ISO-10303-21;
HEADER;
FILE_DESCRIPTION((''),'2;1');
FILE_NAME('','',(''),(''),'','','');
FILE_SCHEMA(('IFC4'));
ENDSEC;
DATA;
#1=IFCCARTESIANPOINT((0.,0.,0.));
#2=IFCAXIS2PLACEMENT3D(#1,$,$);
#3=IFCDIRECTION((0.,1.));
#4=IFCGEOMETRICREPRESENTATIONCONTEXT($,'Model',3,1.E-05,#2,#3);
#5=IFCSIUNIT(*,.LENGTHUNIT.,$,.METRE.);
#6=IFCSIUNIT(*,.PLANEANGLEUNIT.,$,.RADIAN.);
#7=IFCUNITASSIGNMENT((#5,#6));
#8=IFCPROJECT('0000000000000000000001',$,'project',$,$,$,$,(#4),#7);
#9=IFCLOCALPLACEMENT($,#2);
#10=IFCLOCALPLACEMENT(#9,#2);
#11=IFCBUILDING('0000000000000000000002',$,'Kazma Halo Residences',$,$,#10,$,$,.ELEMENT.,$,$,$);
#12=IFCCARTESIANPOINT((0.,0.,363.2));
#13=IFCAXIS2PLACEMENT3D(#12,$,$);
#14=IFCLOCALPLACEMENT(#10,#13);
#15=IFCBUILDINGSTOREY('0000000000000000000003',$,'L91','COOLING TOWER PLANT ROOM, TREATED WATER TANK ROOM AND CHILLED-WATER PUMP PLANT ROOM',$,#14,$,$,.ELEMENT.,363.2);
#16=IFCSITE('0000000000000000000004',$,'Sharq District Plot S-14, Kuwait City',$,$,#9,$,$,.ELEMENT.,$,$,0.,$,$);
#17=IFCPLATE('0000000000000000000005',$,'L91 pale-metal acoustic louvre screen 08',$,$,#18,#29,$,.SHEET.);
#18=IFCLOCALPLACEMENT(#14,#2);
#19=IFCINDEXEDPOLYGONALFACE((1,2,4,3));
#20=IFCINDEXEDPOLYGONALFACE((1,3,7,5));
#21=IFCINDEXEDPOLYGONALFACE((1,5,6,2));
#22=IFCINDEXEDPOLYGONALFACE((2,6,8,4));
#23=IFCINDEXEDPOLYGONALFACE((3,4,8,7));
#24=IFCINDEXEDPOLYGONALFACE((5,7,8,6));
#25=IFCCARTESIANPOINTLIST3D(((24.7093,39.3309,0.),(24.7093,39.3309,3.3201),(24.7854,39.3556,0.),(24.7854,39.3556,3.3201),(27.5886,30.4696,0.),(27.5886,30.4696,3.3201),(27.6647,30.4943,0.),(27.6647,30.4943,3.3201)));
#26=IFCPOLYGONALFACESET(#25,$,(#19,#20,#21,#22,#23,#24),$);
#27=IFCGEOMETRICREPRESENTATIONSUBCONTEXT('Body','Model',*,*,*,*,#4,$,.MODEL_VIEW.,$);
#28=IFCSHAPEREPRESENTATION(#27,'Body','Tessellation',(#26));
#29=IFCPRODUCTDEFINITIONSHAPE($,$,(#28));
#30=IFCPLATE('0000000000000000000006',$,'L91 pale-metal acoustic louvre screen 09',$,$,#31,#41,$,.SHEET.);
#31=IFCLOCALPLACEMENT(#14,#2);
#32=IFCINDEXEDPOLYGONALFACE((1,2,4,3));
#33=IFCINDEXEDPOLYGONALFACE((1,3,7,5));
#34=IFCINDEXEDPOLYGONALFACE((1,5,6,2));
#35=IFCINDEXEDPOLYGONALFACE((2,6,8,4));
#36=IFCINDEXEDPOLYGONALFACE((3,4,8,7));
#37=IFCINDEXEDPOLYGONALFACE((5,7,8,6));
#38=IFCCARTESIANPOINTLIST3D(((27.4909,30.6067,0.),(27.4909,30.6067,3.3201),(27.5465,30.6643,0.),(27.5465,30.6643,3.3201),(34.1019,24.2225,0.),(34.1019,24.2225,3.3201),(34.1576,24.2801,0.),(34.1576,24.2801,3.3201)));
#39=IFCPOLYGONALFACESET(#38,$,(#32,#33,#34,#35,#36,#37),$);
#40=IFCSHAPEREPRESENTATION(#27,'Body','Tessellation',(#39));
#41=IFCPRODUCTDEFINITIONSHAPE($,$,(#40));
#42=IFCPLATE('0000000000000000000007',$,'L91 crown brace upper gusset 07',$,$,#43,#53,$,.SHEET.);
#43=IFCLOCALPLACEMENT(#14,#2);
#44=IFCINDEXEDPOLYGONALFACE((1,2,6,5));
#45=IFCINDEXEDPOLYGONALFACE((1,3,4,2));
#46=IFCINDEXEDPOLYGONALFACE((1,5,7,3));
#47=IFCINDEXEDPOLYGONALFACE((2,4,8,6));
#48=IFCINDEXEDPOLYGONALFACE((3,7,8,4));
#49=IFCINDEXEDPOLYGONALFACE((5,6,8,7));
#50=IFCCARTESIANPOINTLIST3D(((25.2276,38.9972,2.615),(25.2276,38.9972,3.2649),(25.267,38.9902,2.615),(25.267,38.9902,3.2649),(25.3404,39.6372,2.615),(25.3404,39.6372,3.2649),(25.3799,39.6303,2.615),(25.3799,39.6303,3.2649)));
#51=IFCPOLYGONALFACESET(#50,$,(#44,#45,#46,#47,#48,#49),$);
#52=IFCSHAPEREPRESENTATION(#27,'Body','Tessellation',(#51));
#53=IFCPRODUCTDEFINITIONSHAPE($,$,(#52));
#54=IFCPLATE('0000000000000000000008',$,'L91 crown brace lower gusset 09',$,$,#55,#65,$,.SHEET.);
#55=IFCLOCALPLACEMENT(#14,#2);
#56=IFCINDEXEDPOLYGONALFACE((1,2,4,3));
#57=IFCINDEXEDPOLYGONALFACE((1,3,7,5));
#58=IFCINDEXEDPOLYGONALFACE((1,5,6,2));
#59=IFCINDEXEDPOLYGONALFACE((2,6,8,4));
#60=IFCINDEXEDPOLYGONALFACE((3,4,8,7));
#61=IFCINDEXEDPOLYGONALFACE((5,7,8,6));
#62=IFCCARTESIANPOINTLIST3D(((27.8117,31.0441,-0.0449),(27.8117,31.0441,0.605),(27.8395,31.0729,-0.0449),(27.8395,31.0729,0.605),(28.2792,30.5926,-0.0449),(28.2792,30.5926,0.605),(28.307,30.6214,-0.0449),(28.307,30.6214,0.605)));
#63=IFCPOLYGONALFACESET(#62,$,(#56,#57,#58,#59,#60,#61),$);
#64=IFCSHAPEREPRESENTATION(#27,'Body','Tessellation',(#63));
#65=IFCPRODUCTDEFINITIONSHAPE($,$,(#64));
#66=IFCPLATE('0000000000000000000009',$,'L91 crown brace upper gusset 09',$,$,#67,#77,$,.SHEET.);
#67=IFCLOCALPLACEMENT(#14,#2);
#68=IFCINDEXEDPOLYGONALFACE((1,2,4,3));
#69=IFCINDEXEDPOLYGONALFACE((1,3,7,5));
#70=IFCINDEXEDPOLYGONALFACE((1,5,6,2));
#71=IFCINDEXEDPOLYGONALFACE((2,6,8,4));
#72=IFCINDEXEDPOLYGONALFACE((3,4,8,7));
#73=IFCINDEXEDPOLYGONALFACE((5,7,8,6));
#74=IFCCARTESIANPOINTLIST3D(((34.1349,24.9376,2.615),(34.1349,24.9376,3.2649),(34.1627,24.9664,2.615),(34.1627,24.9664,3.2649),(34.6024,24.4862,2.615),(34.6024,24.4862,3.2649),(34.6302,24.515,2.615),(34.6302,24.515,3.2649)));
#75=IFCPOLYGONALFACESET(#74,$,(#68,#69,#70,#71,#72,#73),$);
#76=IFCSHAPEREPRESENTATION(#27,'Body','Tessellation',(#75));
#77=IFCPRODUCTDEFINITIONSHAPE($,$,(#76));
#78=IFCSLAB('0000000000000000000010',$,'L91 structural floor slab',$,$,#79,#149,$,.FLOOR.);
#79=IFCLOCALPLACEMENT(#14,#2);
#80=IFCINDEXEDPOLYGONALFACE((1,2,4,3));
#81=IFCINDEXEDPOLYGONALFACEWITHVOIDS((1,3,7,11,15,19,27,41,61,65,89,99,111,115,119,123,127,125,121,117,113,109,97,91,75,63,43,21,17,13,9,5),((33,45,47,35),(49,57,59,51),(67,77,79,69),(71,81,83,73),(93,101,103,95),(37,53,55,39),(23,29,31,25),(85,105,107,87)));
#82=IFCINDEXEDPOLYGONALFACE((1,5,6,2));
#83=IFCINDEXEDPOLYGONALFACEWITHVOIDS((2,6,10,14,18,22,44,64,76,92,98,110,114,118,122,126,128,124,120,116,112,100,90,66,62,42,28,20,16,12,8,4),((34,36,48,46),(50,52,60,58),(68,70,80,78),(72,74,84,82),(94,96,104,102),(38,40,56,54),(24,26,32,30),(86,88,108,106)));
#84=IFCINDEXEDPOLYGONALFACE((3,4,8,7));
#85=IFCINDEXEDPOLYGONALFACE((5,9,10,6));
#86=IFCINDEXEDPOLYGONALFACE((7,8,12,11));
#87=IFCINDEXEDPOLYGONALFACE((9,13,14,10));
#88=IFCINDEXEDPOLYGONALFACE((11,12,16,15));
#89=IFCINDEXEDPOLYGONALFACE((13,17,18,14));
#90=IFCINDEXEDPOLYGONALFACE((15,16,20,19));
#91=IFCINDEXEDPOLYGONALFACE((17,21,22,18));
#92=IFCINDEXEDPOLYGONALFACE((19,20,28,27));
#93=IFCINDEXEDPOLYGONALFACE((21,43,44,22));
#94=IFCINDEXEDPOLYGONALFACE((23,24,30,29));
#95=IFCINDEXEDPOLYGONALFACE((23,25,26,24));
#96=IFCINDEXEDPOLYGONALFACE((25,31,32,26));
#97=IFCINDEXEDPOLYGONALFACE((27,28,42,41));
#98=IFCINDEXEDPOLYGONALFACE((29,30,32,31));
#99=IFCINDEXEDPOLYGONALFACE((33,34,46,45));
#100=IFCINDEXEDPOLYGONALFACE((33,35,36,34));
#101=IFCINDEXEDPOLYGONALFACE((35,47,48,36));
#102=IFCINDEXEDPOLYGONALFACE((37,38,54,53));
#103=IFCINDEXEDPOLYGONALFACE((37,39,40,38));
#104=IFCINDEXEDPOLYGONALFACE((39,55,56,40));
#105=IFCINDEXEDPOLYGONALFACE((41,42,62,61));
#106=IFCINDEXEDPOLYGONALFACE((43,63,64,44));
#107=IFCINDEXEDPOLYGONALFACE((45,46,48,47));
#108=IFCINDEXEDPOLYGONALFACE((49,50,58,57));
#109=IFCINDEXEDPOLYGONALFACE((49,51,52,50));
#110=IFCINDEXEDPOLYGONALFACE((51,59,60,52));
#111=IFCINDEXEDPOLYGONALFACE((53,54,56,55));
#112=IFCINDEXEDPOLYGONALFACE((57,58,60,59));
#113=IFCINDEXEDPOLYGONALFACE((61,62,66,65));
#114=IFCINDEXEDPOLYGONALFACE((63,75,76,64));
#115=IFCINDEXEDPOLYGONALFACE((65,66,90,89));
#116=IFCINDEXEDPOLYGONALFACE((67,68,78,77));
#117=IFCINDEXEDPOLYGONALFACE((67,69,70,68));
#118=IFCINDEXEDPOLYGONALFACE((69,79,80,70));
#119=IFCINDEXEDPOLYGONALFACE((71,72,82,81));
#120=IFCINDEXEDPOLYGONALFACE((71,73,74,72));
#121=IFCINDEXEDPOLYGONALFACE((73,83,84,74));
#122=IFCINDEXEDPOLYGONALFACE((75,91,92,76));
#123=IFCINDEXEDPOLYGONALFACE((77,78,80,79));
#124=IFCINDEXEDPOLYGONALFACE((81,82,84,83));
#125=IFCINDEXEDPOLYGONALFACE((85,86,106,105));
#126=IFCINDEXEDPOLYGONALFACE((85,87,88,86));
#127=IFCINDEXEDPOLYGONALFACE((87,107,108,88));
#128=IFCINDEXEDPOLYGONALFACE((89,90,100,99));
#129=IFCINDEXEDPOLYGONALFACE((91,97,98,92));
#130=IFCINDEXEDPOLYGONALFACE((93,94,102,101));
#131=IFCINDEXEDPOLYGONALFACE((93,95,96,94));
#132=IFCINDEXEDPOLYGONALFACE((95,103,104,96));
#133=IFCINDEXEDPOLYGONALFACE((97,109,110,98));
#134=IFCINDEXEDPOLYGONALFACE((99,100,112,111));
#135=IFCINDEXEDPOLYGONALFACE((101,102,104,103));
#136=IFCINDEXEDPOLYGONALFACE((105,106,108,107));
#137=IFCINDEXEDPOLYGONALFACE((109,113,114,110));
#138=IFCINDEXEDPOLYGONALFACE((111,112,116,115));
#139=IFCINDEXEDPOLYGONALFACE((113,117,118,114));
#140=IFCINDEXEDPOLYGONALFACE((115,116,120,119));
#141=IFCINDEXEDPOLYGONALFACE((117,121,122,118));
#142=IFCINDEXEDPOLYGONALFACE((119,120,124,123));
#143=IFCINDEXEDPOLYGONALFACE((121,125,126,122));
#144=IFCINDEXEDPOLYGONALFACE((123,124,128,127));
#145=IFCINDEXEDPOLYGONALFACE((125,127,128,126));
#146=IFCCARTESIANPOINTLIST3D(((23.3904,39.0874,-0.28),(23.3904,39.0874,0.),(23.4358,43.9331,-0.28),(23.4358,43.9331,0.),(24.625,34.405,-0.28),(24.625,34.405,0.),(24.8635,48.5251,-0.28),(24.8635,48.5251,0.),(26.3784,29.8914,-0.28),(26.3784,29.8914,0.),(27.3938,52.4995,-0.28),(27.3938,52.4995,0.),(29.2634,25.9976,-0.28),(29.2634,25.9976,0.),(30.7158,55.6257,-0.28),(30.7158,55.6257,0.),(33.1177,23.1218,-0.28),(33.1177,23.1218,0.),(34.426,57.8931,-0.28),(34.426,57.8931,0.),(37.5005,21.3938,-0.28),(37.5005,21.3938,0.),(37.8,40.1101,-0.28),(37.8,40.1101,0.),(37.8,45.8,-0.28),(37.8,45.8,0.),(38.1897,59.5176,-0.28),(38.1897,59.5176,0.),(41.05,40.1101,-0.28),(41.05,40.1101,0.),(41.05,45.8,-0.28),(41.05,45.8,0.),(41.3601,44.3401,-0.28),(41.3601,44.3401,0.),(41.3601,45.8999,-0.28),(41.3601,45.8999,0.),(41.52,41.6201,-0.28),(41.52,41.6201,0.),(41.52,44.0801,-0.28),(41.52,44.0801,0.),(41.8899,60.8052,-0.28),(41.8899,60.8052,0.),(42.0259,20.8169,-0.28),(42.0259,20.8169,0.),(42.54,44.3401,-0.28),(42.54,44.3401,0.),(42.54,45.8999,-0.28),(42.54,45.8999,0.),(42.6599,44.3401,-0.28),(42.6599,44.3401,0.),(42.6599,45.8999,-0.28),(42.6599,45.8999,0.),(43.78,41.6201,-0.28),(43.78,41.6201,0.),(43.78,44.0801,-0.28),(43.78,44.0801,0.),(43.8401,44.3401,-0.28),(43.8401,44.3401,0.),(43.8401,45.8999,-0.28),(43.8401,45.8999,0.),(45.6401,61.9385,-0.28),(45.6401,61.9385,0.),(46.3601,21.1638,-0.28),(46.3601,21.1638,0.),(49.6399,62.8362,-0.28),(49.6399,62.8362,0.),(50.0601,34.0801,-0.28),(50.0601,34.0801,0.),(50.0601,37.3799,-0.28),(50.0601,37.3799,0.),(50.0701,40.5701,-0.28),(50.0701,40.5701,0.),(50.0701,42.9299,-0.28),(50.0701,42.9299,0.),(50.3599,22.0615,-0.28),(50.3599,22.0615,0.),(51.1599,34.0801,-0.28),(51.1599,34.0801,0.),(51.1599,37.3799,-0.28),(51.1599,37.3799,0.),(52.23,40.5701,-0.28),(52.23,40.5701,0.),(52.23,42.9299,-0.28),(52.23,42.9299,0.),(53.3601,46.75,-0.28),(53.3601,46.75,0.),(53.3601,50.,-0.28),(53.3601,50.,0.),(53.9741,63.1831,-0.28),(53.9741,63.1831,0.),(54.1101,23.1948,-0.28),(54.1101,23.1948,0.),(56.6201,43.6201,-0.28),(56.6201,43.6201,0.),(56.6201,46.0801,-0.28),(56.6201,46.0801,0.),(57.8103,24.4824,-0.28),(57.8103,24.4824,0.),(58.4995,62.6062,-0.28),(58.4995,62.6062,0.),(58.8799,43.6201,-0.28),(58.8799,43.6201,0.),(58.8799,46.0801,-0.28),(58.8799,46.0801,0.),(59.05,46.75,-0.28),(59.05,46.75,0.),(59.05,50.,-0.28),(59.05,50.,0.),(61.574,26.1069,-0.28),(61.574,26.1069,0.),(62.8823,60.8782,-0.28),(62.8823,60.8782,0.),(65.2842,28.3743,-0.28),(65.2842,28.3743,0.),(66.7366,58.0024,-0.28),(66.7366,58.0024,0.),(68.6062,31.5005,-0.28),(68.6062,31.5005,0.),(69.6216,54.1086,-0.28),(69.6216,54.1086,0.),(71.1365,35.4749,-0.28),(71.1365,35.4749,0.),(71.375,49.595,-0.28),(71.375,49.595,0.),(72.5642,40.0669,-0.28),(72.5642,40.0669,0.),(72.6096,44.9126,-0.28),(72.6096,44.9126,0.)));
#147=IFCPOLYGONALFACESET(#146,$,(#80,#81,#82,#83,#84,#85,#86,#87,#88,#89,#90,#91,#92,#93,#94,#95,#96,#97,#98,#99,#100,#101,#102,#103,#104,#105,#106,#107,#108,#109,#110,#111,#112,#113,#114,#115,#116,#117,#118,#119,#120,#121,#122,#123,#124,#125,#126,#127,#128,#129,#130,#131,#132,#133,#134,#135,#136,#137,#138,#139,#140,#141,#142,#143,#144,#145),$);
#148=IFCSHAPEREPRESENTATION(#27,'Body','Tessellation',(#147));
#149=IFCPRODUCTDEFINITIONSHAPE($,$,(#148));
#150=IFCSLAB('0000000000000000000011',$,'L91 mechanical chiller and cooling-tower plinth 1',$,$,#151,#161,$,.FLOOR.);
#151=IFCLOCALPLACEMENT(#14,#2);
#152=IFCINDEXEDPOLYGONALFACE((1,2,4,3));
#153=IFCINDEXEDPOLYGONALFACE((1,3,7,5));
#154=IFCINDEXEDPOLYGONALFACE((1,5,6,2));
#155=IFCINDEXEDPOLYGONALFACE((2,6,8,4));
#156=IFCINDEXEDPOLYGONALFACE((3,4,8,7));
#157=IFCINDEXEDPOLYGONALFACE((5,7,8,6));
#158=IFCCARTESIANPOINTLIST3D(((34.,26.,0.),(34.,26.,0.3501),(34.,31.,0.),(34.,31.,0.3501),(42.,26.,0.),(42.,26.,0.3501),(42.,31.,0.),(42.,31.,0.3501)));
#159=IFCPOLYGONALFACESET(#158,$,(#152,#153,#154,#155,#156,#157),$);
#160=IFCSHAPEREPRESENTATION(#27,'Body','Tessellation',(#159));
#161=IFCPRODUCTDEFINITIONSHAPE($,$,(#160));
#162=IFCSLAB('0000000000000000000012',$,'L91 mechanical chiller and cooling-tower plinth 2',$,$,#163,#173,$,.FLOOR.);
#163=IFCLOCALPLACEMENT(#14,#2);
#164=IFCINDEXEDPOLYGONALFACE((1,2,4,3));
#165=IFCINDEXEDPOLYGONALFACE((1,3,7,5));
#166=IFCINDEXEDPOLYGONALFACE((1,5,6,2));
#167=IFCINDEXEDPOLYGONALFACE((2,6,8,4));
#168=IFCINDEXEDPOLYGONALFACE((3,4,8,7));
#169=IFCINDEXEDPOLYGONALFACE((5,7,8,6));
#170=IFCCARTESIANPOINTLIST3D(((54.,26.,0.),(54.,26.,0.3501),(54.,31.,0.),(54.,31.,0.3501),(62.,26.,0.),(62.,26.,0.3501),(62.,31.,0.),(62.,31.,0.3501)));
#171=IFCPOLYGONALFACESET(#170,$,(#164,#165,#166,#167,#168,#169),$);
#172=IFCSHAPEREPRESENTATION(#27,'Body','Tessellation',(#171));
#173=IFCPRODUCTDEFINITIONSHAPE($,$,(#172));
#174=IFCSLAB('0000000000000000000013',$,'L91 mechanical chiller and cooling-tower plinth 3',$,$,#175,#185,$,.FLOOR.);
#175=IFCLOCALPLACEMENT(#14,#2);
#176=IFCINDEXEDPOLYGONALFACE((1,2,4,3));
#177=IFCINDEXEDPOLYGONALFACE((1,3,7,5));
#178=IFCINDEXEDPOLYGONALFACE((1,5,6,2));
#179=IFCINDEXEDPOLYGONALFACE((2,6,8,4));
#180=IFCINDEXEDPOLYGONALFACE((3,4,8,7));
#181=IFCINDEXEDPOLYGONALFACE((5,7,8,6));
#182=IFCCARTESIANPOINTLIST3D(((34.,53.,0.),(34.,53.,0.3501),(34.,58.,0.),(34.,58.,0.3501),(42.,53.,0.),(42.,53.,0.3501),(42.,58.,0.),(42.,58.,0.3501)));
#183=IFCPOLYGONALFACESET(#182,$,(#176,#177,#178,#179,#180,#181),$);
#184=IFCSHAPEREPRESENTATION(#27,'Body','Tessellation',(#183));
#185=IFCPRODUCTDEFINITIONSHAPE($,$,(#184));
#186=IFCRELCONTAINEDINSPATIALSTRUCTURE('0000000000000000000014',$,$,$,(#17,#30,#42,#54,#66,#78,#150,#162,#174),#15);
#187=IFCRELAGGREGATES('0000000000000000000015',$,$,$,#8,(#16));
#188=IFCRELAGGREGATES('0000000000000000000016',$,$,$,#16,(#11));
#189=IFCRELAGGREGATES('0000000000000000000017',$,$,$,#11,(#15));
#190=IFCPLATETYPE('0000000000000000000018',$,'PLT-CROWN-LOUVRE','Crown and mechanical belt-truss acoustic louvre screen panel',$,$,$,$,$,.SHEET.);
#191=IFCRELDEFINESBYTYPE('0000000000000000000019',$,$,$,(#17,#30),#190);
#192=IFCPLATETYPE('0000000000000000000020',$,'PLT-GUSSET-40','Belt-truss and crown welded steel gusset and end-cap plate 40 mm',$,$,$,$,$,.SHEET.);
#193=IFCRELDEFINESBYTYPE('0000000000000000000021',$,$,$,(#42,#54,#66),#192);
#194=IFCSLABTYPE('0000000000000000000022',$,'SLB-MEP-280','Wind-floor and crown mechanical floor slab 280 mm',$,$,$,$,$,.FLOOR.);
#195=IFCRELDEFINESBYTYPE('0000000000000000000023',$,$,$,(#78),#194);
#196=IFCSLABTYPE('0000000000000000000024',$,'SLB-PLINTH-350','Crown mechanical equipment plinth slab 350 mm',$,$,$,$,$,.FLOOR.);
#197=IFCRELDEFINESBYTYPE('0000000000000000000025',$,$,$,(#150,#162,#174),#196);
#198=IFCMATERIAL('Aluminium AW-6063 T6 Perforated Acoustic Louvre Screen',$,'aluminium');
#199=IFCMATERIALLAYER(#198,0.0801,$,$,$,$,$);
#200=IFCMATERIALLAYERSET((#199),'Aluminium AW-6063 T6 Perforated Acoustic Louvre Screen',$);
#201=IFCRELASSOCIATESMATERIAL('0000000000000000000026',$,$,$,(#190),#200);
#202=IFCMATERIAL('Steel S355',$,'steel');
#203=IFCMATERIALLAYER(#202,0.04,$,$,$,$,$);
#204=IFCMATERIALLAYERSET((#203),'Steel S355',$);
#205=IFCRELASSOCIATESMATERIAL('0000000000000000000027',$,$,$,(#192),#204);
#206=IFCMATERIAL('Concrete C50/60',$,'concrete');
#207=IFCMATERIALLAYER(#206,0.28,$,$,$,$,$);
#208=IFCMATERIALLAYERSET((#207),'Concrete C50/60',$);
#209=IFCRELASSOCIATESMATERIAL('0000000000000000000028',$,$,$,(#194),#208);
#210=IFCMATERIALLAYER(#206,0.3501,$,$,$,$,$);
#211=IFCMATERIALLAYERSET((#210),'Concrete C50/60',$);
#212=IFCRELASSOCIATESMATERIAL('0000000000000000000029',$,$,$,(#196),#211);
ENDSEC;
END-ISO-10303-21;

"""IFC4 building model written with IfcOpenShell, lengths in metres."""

from ifc_helpers import new_model, si_unit, direction, frame, origin, origin_2d, place, context, subcontext, project, spatial, polyline, rectangle, outline, extrude, material, layer, layer_set, type_object, element, save


model = new_model("IFC4")

# Units and contexts
model_context = context("Model", 3, precision=1e-05, world=origin(), true_north=direction((0.0, 1.0)))
body_context = subcontext(model_context, "Body", "Model", "MODEL_VIEW")
ifc_project = project(units=[si_unit("LENGTHUNIT", "METRE"), si_unit("PLANEANGLEUNIT", "RADIAN")], contexts=[model_context])

# Site, building, storey
site_placement = place(None, origin())
site = spatial("IfcSite", under=ifc_project, at=site_placement, Name="Sharq District Plot S-14, Kuwait City", CompositionType="ELEMENT", RefElevation=0.0)
building_placement = place(site_placement, origin())
building = spatial("IfcBuilding", under=site, at=building_placement, Name="Kazma Halo Residences", CompositionType="ELEMENT")
storey_placement = place(building_placement, frame((0.0, 0.0, 363.2)))
storey = spatial("IfcBuildingStorey", under=building, at=storey_placement, Name="L91", Description="COOLING TOWER PLANT ROOM, TREATED WATER TANK ROOM AND CHILLED-WATER PUMP PLANT ROOM", CompositionType="ELEMENT", Elevation=363.2)

# Shared definitions
ifc_material_1 = material(Name="Steel S355", Category="steel")

# Plates
ifc_material_2 = material(Name="Aluminium AW-6063 T6 Perforated Acoustic Louvre Screen", Category="aluminium")
ifc_layer_1 = layer(ifc_material_2, 0.0801)
ifc_layer_set_1 = layer_set([ifc_layer_1], Name="Aluminium AW-6063 T6 Perforated Acoustic Louvre Screen")
plate_type_1 = type_object("IfcPlateType", Name="PLT-CROWN-LOUVRE", Description="Crown and mechanical belt-truss acoustic louvre screen panel", PredefinedType="SHEET", material=ifc_layer_set_1)
plate_1_placement = place(storey_placement, frame((26.187, 34.9126, 0.0), z_axis=(0.0, 0.0, 1.0), x_axis=(0.309023, -0.951055, 0.0)))
element("IfcPlate", 1, at=plate_1_placement, inside=storey, type_object=plate_type_1, Name="L91 pale-metal acoustic louvre screen 08", PredefinedType="SHEET", context=body_context, shape_type="SweptSolid", body=[
    extrude(rectangle(XDim=9.3174, YDim=0.0801, at=origin_2d()), origin(), (0.0, 0.0, 1.0), 3.3201),
])
plate_2_placement = place(storey_placement, frame((30.8242, 27.4434, 0.0), z_axis=(0.0, 0.0, 1.0), x_axis=(0.719342, -0.694656, 0.0)))
element("IfcPlate", 2, at=plate_2_placement, inside=storey, type_object=plate_type_1, Name="L91 pale-metal acoustic louvre screen 09", PredefinedType="SHEET", context=body_context, shape_type="SweptSolid", body=[
    extrude(rectangle(XDim=9.1904, YDim=0.0801, at=origin_2d()), origin(), (0.0, 0.0, 1.0), 3.3201),
])
ifc_layer_2 = layer(ifc_material_1, 0.04)
ifc_layer_set_2 = layer_set([ifc_layer_2], Name="Steel S355")
plate_type_2 = type_object("IfcPlateType", Name="PLT-GUSSET-40", Description="Belt-truss and crown welded steel gusset and end-cap plate 40 mm", PredefinedType="SHEET", material=ifc_layer_set_2)
for number, where, z_axis, x_axis, name in (
    (3, (25.3037, 39.3137, 2.615), (0.0, 0.0, 1.0), (-0.173656, -0.984806, 0.0), "L91 crown brace upper gusset 07"),
    (4, (28.0593, 30.8328, -0.0449), (0.0, 0.0, 1.0), (0.719342, -0.694656, 0.0), "L91 crown brace lower gusset 09"),
    (5, (34.3826, 24.7263, 2.615), (0.0, 0.0, 1.0), (0.719342, -0.694656, 0.0), "L91 crown brace upper gusset 09"),
):
    element("IfcPlate", number, at=place(storey_placement, frame(where, z_axis=z_axis, x_axis=x_axis)), inside=storey, type_object=plate_type_2, Name=name, PredefinedType="SHEET", context=body_context, shape_type="SweptSolid", body=[
        extrude(rectangle(XDim=0.6499, YDim=0.04, at=origin_2d()), origin(), (0.0, 0.0, 1.0), 0.6499),
    ])

# Slabs
ifc_material_3 = material(Name="Concrete C50/60", Category="concrete")
ifc_layer_3 = layer(ifc_material_3, 0.28)
ifc_layer_set_3 = layer_set([ifc_layer_3], Name="Concrete C50/60")
slab_type_1 = type_object("IfcSlabType", Name="SLB-MEP-280", Description="Wind-floor and crown mechanical floor slab 280 mm", PredefinedType="FLOOR", material=ifc_layer_set_3)
slab_1_placement = place(storey_placement, frame((0.0, 0.0, -0.28)))
element("IfcSlab", 6, at=slab_1_placement, inside=storey, type_object=slab_type_1, Name="L91 structural floor slab", PredefinedType="FLOOR", context=body_context, shape_type="SweptSolid", body=[
    extrude(outline(polyline([(71.375, 49.595), (69.6216, 54.1086), (66.7366, 58.0024), (62.8823, 60.8782), (58.4995, 62.6062), (53.9741, 63.1831), (49.6399, 62.8362), (45.6401, 61.9385), (41.8899, 60.8052), (38.1897, 59.5176), (34.426, 57.8931), (30.7158, 55.6257), (27.3938, 52.4995), (24.8635, 48.5251), (23.4358, 43.9331), (23.3904, 39.0874), (24.625, 34.405), (26.3784, 29.8914), (29.2634, 25.9976), (33.1177, 23.1218), (37.5005, 21.3938), (42.0259, 20.8169), (46.3601, 21.1638), (50.3599, 22.0615), (54.1101, 23.1948), (57.8103, 24.4824), (61.574, 26.1069), (65.2842, 28.3743), (68.6062, 31.5005), (71.1365, 35.4749), (72.5642, 40.0669), (72.6096, 44.9126), (71.375, 49.595)]), holes=[polyline([(37.8, 40.1101), (41.05, 40.1101), (41.05, 45.8), (37.8, 45.8), (37.8, 40.1101)]), polyline([(53.3601, 46.75), (59.05, 46.75), (59.05, 50.0), (53.3601, 50.0), (53.3601, 46.75)]), polyline([(41.52, 41.6201), (43.78, 41.6201), (43.78, 44.0801), (41.52, 44.0801), (41.52, 41.6201)]), polyline([(56.6201, 43.6201), (58.8799, 43.6201), (58.8799, 46.0801), (56.6201, 46.0801), (56.6201, 43.6201)]), polyline([(50.0701, 40.5701), (52.23, 40.5701), (52.23, 42.9299), (50.0701, 42.9299), (50.0701, 40.5701)]), polyline([(41.3601, 44.3401), (42.54, 44.3401), (42.54, 45.8999), (41.3601, 45.8999), (41.3601, 44.3401)]), polyline([(42.6599, 44.3401), (43.8401, 44.3401), (43.8401, 45.8999), (42.6599, 45.8999), (42.6599, 44.3401)]), polyline([(50.0601, 34.0801), (51.1599, 34.0801), (51.1599, 37.3799), (50.0601, 37.3799), (50.0601, 34.0801)])]), origin(), (0.0, 0.0, 1.0), 0.28),
])
ifc_layer_4 = layer(ifc_material_3, 0.3501)
ifc_layer_set_4 = layer_set([ifc_layer_4], Name="Concrete C50/60")
slab_type_2 = type_object("IfcSlabType", Name="SLB-PLINTH-350", Description="Crown mechanical equipment plinth slab 350 mm", PredefinedType="FLOOR", material=ifc_layer_set_4)
slab_2_placement = place(storey_placement, origin())
element("IfcSlab", 7, at=slab_2_placement, inside=storey, type_object=slab_type_2, Name="L91 mechanical chiller and cooling-tower plinth 1", PredefinedType="FLOOR", context=body_context, shape_type="SweptSolid", body=[
    extrude(outline(polyline([(34.0, 26.0), (42.0, 26.0), (42.0, 31.0), (34.0, 31.0), (34.0, 26.0)])), origin(), (0.0, 0.0, 1.0), 0.3501),
])
slab_3_placement = place(storey_placement, origin())
element("IfcSlab", 8, at=slab_3_placement, inside=storey, type_object=slab_type_2, Name="L91 mechanical chiller and cooling-tower plinth 2", PredefinedType="FLOOR", context=body_context, shape_type="SweptSolid", body=[
    extrude(outline(polyline([(54.0, 26.0), (62.0, 26.0), (62.0, 31.0), (54.0, 31.0), (54.0, 26.0)])), origin(), (0.0, 0.0, 1.0), 0.3501),
])
slab_4_placement = place(storey_placement, origin())
element("IfcSlab", 9, at=slab_4_placement, inside=storey, type_object=slab_type_2, Name="L91 mechanical chiller and cooling-tower plinth 3", PredefinedType="FLOOR", context=body_context, shape_type="SweptSolid", body=[
    extrude(outline(polyline([(34.0, 53.0), (42.0, 53.0), (42.0, 58.0), (34.0, 58.0), (34.0, 53.0)])), origin(), (0.0, 0.0, 1.0), 0.3501),
])

save(model, "model.ifc")
